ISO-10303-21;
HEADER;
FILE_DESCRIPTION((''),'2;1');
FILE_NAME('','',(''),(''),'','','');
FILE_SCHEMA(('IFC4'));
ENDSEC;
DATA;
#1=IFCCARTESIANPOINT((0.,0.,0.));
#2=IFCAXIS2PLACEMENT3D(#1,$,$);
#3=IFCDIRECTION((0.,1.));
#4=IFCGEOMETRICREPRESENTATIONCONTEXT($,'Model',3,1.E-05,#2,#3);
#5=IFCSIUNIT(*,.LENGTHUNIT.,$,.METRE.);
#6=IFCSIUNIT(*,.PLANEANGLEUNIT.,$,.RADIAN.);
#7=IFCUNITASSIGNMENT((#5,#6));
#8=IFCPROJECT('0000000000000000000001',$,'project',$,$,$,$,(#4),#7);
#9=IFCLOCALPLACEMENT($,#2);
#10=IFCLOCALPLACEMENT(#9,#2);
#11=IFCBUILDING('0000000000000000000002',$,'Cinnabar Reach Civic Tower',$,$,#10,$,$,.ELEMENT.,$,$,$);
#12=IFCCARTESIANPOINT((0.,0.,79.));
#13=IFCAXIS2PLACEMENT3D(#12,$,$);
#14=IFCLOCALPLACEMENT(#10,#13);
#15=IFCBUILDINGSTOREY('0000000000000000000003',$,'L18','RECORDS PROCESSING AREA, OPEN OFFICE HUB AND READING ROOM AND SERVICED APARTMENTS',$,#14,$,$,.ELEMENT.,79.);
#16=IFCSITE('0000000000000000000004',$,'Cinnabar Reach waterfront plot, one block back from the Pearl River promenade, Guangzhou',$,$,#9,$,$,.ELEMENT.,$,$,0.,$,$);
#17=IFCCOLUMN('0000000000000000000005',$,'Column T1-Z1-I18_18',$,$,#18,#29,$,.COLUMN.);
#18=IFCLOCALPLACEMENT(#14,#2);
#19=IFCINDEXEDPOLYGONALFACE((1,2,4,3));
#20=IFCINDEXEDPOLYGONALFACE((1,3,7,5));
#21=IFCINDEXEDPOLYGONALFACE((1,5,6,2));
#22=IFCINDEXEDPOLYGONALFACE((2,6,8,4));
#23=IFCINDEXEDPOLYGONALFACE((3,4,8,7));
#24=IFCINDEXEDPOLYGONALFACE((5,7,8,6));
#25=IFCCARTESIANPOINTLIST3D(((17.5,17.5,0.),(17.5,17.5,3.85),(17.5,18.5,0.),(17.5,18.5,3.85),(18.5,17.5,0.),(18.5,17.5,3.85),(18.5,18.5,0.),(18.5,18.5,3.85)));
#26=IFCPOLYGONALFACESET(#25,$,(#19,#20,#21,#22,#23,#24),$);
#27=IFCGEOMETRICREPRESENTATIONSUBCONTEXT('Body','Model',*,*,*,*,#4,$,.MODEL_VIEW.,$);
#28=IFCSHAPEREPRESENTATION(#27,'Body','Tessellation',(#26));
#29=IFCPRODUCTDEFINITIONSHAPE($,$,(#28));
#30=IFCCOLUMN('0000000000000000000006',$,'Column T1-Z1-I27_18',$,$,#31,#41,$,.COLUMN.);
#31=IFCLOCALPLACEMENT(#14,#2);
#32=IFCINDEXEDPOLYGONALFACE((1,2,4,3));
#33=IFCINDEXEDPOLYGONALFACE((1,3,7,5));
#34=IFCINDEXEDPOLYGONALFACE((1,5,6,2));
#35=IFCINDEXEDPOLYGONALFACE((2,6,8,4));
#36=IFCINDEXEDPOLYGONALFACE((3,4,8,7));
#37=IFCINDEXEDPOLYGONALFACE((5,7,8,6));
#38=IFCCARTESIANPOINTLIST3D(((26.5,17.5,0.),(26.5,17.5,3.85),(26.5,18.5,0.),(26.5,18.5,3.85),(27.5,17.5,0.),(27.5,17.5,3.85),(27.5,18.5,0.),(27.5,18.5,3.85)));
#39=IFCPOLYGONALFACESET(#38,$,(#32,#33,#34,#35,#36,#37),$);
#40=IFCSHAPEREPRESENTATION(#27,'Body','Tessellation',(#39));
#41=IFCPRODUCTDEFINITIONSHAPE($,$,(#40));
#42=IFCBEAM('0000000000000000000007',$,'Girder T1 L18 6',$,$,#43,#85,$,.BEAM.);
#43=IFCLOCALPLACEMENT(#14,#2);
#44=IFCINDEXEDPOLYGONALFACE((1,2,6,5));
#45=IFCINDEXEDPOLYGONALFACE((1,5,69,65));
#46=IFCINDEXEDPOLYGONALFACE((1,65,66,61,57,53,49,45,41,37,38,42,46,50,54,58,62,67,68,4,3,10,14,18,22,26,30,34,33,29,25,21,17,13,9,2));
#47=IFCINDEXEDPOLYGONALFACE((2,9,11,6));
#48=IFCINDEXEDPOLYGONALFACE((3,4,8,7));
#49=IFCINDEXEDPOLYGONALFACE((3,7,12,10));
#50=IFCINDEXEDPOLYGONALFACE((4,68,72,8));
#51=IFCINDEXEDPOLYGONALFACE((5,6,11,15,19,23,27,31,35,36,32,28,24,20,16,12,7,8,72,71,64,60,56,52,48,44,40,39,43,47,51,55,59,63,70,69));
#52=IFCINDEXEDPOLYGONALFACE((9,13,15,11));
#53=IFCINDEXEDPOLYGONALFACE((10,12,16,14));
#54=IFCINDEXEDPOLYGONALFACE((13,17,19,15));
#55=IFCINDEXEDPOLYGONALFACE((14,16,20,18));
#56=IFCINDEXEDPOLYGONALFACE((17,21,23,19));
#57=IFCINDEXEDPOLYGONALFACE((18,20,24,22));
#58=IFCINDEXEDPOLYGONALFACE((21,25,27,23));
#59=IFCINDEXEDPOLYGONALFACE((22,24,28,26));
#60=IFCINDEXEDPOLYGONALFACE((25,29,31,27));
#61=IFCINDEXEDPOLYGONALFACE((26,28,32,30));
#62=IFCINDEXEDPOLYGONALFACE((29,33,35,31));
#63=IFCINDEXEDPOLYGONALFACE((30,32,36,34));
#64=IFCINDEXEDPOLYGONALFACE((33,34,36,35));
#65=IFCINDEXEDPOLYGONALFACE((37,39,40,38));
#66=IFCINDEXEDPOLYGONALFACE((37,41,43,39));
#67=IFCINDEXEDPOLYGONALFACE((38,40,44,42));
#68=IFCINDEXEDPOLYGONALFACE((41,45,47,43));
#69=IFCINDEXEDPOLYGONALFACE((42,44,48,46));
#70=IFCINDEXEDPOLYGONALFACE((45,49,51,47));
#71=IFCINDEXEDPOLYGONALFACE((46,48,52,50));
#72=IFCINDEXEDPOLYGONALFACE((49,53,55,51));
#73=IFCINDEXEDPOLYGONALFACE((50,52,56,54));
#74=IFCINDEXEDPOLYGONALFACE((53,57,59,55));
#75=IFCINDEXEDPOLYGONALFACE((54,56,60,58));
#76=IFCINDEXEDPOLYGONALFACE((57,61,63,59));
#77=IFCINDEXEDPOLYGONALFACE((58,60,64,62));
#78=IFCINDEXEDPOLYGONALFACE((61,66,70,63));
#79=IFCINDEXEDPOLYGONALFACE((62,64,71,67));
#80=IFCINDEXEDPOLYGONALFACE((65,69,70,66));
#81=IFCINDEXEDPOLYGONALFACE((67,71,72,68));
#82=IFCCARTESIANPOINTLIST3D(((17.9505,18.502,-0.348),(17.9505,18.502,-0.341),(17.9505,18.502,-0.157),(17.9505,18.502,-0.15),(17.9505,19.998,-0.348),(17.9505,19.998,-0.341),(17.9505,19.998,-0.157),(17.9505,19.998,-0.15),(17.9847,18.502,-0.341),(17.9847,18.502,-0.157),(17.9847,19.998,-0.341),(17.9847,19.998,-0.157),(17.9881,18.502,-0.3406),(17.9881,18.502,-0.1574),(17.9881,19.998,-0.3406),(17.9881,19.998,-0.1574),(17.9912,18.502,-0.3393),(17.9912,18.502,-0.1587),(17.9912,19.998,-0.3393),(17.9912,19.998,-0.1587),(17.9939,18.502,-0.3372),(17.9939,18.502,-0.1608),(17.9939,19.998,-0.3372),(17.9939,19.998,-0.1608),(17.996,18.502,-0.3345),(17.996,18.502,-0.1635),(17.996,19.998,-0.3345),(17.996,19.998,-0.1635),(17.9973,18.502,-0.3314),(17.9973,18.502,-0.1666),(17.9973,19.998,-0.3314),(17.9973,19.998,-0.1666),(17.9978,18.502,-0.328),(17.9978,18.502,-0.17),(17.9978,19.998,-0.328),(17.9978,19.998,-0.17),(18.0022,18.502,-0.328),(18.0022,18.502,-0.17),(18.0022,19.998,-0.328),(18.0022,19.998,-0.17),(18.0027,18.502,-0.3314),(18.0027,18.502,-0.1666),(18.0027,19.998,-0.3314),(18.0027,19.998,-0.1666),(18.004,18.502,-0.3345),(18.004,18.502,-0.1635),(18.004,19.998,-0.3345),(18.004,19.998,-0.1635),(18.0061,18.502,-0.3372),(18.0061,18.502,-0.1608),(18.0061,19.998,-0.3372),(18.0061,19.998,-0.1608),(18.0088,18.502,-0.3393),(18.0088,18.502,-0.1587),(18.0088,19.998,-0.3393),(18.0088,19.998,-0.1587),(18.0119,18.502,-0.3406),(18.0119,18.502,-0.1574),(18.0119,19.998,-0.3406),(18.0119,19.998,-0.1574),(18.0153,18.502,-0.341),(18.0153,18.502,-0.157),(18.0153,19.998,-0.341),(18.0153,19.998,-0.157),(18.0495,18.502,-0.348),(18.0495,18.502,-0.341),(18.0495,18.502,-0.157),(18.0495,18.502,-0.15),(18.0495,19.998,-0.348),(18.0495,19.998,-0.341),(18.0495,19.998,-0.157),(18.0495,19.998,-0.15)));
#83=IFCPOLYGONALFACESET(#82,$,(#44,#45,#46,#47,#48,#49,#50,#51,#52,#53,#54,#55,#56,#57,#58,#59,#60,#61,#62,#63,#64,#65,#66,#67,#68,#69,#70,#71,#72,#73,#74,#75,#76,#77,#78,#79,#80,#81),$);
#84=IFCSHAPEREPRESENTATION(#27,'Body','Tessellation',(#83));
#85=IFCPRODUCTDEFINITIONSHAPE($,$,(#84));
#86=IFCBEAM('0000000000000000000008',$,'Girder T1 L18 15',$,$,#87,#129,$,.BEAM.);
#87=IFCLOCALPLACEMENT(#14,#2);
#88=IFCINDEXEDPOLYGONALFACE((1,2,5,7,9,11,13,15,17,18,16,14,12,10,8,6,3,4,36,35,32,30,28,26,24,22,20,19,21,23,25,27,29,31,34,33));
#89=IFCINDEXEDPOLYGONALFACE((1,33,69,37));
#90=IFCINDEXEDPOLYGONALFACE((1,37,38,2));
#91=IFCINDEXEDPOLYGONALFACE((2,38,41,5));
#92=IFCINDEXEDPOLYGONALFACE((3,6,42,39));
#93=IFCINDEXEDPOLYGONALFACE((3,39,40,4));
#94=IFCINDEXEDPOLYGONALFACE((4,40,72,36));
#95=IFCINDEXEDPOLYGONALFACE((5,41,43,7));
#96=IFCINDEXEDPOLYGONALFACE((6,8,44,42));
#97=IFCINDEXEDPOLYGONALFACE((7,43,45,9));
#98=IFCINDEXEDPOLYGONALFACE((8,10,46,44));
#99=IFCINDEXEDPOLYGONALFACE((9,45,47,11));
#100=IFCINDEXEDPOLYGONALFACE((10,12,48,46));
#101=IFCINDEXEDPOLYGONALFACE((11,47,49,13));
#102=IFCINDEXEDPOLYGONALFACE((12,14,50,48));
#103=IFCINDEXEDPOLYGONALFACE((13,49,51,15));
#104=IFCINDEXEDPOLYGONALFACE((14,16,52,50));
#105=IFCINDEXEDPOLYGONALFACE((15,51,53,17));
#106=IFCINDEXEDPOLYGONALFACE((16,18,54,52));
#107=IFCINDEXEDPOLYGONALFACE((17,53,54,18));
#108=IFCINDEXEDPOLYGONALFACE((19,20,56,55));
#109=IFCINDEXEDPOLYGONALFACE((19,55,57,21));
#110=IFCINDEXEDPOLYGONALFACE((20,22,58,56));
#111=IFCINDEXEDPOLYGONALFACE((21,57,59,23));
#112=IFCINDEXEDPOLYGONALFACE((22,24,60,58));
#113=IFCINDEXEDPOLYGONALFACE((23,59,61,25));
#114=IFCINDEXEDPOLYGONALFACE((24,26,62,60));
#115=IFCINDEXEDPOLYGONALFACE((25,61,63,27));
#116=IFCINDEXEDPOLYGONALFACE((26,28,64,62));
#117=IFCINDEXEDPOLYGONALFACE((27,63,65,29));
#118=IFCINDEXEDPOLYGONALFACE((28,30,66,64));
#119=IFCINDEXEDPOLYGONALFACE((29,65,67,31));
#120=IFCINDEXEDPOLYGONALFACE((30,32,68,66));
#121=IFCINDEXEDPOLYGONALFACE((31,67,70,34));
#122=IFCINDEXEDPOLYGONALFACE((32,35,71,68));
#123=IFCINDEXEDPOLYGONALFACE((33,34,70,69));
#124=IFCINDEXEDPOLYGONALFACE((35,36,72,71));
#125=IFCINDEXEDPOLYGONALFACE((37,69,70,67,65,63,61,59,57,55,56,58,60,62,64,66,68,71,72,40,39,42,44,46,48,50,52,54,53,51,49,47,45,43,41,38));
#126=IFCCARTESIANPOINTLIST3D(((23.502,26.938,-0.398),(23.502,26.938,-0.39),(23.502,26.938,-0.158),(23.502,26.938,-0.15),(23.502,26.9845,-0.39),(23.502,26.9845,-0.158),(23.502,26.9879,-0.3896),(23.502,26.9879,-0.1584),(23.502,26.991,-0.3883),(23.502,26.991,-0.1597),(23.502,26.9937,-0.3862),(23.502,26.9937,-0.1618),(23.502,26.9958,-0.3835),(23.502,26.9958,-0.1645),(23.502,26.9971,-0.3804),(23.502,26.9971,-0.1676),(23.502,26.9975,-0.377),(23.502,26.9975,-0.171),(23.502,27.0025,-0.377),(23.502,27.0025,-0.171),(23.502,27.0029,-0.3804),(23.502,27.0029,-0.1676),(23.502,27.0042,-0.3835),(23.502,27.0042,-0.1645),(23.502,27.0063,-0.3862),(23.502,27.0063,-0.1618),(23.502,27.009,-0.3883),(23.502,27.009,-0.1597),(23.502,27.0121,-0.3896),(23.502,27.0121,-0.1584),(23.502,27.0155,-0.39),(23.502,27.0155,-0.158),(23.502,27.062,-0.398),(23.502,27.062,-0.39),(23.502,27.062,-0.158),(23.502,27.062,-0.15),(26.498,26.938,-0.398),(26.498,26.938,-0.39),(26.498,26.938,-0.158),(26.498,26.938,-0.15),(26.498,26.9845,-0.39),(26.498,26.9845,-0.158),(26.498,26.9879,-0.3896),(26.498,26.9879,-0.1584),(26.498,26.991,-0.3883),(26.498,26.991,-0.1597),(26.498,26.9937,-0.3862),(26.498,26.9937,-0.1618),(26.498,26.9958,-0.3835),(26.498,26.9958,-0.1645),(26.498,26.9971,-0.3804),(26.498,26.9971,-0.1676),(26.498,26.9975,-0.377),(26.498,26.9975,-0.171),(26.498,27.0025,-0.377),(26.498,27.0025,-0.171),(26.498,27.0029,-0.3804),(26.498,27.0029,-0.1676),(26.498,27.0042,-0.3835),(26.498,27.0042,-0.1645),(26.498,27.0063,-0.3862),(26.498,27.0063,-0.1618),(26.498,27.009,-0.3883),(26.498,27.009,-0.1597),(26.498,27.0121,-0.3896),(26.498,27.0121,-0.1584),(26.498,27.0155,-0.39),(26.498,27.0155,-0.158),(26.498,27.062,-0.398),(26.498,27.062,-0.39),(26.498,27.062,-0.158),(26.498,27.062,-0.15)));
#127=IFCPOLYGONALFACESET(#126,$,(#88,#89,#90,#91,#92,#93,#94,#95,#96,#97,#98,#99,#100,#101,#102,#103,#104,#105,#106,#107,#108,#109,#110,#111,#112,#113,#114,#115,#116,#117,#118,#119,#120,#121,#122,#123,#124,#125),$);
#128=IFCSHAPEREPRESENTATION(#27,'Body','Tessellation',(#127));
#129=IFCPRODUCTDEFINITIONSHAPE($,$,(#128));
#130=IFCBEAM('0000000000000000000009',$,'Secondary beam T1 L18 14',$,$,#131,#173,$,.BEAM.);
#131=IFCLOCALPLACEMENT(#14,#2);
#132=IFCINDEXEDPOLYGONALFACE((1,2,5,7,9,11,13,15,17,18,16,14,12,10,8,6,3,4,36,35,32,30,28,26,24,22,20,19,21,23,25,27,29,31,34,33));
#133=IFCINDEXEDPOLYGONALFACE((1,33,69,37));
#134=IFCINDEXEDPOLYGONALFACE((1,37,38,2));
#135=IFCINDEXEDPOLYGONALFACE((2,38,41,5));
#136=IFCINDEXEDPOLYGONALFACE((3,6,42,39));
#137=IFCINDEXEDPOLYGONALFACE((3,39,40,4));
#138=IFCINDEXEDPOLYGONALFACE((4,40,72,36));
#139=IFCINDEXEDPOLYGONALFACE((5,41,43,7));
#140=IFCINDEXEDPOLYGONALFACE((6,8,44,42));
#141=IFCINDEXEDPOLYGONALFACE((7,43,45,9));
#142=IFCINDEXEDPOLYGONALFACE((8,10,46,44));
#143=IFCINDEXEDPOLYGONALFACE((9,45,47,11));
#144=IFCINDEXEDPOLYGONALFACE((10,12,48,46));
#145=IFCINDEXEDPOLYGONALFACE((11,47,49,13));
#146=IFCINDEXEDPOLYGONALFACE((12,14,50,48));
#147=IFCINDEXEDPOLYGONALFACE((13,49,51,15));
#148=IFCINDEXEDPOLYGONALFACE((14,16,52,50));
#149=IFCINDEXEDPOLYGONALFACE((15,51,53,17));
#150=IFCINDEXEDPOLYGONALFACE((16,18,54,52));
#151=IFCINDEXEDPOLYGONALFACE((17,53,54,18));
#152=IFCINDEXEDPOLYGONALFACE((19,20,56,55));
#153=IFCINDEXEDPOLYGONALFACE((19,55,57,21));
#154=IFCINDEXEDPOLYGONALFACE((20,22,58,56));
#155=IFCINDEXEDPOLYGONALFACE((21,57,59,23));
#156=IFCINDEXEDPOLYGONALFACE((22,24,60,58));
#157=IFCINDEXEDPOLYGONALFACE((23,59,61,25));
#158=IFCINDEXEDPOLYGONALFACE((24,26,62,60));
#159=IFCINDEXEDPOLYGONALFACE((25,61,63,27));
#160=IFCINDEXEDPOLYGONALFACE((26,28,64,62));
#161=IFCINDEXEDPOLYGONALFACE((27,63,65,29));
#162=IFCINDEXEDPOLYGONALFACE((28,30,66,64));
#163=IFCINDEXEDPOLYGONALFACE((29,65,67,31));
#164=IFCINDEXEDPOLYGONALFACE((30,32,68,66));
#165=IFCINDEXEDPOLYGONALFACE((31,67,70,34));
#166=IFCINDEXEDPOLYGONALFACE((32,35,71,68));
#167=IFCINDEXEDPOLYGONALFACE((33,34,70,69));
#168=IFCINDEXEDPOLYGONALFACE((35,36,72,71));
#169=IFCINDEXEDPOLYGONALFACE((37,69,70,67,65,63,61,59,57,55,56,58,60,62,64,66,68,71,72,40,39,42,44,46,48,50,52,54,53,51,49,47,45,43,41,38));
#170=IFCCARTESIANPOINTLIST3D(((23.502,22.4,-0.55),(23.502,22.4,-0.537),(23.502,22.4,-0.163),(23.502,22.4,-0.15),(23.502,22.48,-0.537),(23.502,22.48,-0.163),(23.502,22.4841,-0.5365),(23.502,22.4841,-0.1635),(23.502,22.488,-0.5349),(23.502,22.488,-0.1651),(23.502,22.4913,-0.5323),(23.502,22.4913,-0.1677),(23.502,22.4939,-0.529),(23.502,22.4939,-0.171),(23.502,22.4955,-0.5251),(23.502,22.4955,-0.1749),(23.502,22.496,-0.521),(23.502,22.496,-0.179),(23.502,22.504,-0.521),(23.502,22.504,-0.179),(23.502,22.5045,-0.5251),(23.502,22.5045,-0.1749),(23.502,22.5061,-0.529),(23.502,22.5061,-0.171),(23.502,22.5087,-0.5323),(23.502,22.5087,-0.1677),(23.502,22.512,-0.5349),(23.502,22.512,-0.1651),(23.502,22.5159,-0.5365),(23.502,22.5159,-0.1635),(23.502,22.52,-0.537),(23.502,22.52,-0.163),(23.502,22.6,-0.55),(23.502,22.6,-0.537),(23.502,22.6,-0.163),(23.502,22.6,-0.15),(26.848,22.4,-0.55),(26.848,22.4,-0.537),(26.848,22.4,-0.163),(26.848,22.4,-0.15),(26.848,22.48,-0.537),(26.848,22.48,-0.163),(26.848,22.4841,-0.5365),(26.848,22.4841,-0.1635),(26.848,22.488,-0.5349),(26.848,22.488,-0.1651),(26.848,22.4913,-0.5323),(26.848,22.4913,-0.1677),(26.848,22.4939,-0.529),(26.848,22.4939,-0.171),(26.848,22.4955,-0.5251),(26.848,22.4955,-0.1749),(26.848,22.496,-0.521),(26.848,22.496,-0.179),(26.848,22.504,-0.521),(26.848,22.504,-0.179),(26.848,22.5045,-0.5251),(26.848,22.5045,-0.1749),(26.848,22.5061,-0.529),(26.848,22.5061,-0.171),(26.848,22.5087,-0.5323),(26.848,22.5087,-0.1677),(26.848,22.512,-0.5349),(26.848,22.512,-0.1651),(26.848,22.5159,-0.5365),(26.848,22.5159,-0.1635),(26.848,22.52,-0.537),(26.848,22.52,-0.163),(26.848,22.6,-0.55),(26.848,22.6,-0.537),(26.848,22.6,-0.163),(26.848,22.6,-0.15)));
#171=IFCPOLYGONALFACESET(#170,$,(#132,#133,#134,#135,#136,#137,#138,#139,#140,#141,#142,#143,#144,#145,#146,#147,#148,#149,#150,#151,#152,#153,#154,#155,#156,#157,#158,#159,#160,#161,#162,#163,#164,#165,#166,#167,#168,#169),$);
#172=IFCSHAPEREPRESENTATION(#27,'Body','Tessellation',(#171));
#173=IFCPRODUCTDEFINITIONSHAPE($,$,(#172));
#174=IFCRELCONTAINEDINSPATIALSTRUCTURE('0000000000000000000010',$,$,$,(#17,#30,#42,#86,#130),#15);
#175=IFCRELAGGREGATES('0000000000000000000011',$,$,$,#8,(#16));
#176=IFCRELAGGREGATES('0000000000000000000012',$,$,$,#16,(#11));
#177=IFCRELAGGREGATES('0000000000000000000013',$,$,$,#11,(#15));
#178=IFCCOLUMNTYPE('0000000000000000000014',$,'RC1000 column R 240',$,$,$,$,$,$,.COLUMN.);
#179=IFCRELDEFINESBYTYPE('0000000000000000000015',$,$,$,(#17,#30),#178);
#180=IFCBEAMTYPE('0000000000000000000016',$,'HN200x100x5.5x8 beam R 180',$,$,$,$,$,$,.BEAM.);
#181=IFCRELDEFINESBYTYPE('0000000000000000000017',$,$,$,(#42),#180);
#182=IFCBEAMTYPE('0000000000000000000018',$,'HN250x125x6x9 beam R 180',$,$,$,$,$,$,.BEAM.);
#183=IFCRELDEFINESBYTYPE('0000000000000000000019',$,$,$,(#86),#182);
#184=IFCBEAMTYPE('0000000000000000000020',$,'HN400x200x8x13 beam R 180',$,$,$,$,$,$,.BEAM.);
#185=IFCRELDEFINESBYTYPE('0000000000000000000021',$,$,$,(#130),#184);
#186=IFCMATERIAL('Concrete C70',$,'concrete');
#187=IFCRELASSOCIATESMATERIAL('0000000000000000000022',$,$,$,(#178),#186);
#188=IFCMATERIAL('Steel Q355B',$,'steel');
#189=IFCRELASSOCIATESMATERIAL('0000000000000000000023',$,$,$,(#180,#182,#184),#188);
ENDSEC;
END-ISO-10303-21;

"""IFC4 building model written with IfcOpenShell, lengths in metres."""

from ifc_helpers import new_model, si_unit, direction, frame, origin, origin_2d, place, context, subcontext, project, spatial, rectangle, i_section, extrude, material, material_profile, profile_set, type_object, element, save


model = new_model("IFC4")

# Units and contexts
model_context = context("Model", 3, precision=1e-05, world=origin(), true_north=direction((0.0, 1.0)))
body_context = subcontext(model_context, "Body", "Model", "MODEL_VIEW")
ifc_project = project(units=[si_unit("LENGTHUNIT", "METRE"), si_unit("PLANEANGLEUNIT", "RADIAN")], contexts=[model_context])

# Site, building, storey
site_placement = place(None, origin())
site = spatial("IfcSite", under=ifc_project, at=site_placement, Name="Cinnabar Reach waterfront plot, one block back from the Pearl River promenade, Guangzhou", CompositionType="ELEMENT", RefElevation=0.0)
building_placement = place(site_placement, origin())
building = spatial("IfcBuilding", under=site, at=building_placement, Name="Cinnabar Reach Civic Tower", CompositionType="ELEMENT")
storey_placement = place(building_placement, frame((0.0, 0.0, 79.0)))
storey = spatial("IfcBuildingStorey", under=building, at=storey_placement, Name="L18", Description="RECORDS PROCESSING AREA, OPEN OFFICE HUB AND READING ROOM AND SERVICED APARTMENTS", CompositionType="ELEMENT", Elevation=79.0)

# Columns
ifc_material_1 = material(Name="Concrete C70", Category="concrete")
ifc_material_profile_1 = material_profile(ifc_material_1, rectangle(XDim=1.0, YDim=1.0, at=origin_2d()), Name="RC1000")
ifc_profile_set_1 = profile_set([ifc_material_profile_1], Name="Concrete C70")
column_type = type_object("IfcColumnType", Name="RC1000 column R 240", PredefinedType="COLUMN", material=ifc_profile_set_1)
for number, where, z_axis, x_axis, name in (
    (1, (18.0, 18.0, 0.0), (0.0, 0.0, 1.0), (1.0, 0.0, 0.0), "Column T1-Z1-I18_18"),
    (2, (27.0, 18.0, 0.0), (0.0, 0.0, 1.0), (1.0, 0.0, 0.0), "Column T1-Z1-I27_18"),
):
    element("IfcColumn", number, at=place(storey_placement, frame(where, z_axis=z_axis, x_axis=x_axis)), inside=storey, type_object=column_type, Name=name, PredefinedType="COLUMN", context=body_context, shape_type="SweptSolid", body=[
        extrude(rectangle(XDim=1.0, YDim=1.0, at=origin_2d()), origin(), (0.0, 0.0, 1.0), 3.85),
    ])

# Beams
ifc_material_2 = material(Name="Steel Q355B", Category="steel")
ifc_material_profile_2 = material_profile(ifc_material_2, i_section(OverallWidth=0.099, OverallDepth=0.198, WebThickness=0.0045, FlangeThickness=0.007, FilletRadius=0.013, at=origin_2d()), Name="HN200x100x5.5x8")
ifc_profile_set_2 = profile_set([ifc_material_profile_2], Name="Steel Q355B")
beam_type_1 = type_object("IfcBeamType", Name="HN200x100x5.5x8 beam R 180", PredefinedType="BEAM", material=ifc_profile_set_2)
beam_1_placement = place(storey_placement, frame((18.0, 18.502, -0.249), z_axis=(0.0, 1.0, 0.0), x_axis=(-1.0, 0.0, 0.0)))
element("IfcBeam", 3, at=beam_1_placement, inside=storey, type_object=beam_type_1, Name="Girder T1 L18 6", PredefinedType="BEAM", context=body_context, shape_type="SweptSolid", body=[
    extrude(i_section(OverallWidth=0.099, OverallDepth=0.198, WebThickness=0.0045, FlangeThickness=0.007, FilletRadius=0.013, at=origin_2d()), origin(), (0.0, 0.0, 1.0), 1.496),
])
ifc_material_profile_3 = material_profile(ifc_material_2, i_section(OverallWidth=0.124, OverallDepth=0.248, WebThickness=0.005, FlangeThickness=0.008, FilletRadius=0.013, at=origin_2d()), Name="HN250x125x6x9")
ifc_profile_set_3 = profile_set([ifc_material_profile_3], Name="Steel Q355B")
beam_type_2 = type_object("IfcBeamType", Name="HN250x125x6x9 beam R 180", PredefinedType="BEAM", material=ifc_profile_set_3)
beam_2_placement = place(storey_placement, frame((23.502, 27.0, -0.274), z_axis=(1.0, 0.0, 0.0), x_axis=(0.0, 1.0, 0.0)))
element("IfcBeam", 4, at=beam_2_placement, inside=storey, type_object=beam_type_2, Name="Girder T1 L18 15", PredefinedType="BEAM", context=body_context, shape_type="SweptSolid", body=[
    extrude(i_section(OverallWidth=0.124, OverallDepth=0.248, WebThickness=0.005, FlangeThickness=0.008, FilletRadius=0.013, at=origin_2d()), origin(), (0.0, 0.0, 1.0), 2.996),
])
ifc_material_profile_4 = material_profile(ifc_material_2, i_section(OverallWidth=0.2, OverallDepth=0.4, WebThickness=0.008, FlangeThickness=0.013, FilletRadius=0.016, at=origin_2d()), Name="HN400x200x8x13")
ifc_profile_set_4 = profile_set([ifc_material_profile_4], Name="Steel Q355B")
beam_type_3 = type_object("IfcBeamType", Name="HN400x200x8x13 beam R 180", PredefinedType="BEAM", material=ifc_profile_set_4)
beam_3_placement = place(storey_placement, frame((23.502, 22.5, -0.35), z_axis=(1.0, 0.0, 0.0), x_axis=(0.0, 1.0, 0.0)))
element("IfcBeam", 5, at=beam_3_placement, inside=storey, type_object=beam_type_3, Name="Secondary beam T1 L18 14", PredefinedType="BEAM", context=body_context, shape_type="SweptSolid", body=[
    extrude(i_section(OverallWidth=0.2, OverallDepth=0.4, WebThickness=0.008, FlangeThickness=0.013, FilletRadius=0.016, at=origin_2d()), origin(), (0.0, 0.0, 1.0), 3.346),
])

save(model, "model.ifc")
